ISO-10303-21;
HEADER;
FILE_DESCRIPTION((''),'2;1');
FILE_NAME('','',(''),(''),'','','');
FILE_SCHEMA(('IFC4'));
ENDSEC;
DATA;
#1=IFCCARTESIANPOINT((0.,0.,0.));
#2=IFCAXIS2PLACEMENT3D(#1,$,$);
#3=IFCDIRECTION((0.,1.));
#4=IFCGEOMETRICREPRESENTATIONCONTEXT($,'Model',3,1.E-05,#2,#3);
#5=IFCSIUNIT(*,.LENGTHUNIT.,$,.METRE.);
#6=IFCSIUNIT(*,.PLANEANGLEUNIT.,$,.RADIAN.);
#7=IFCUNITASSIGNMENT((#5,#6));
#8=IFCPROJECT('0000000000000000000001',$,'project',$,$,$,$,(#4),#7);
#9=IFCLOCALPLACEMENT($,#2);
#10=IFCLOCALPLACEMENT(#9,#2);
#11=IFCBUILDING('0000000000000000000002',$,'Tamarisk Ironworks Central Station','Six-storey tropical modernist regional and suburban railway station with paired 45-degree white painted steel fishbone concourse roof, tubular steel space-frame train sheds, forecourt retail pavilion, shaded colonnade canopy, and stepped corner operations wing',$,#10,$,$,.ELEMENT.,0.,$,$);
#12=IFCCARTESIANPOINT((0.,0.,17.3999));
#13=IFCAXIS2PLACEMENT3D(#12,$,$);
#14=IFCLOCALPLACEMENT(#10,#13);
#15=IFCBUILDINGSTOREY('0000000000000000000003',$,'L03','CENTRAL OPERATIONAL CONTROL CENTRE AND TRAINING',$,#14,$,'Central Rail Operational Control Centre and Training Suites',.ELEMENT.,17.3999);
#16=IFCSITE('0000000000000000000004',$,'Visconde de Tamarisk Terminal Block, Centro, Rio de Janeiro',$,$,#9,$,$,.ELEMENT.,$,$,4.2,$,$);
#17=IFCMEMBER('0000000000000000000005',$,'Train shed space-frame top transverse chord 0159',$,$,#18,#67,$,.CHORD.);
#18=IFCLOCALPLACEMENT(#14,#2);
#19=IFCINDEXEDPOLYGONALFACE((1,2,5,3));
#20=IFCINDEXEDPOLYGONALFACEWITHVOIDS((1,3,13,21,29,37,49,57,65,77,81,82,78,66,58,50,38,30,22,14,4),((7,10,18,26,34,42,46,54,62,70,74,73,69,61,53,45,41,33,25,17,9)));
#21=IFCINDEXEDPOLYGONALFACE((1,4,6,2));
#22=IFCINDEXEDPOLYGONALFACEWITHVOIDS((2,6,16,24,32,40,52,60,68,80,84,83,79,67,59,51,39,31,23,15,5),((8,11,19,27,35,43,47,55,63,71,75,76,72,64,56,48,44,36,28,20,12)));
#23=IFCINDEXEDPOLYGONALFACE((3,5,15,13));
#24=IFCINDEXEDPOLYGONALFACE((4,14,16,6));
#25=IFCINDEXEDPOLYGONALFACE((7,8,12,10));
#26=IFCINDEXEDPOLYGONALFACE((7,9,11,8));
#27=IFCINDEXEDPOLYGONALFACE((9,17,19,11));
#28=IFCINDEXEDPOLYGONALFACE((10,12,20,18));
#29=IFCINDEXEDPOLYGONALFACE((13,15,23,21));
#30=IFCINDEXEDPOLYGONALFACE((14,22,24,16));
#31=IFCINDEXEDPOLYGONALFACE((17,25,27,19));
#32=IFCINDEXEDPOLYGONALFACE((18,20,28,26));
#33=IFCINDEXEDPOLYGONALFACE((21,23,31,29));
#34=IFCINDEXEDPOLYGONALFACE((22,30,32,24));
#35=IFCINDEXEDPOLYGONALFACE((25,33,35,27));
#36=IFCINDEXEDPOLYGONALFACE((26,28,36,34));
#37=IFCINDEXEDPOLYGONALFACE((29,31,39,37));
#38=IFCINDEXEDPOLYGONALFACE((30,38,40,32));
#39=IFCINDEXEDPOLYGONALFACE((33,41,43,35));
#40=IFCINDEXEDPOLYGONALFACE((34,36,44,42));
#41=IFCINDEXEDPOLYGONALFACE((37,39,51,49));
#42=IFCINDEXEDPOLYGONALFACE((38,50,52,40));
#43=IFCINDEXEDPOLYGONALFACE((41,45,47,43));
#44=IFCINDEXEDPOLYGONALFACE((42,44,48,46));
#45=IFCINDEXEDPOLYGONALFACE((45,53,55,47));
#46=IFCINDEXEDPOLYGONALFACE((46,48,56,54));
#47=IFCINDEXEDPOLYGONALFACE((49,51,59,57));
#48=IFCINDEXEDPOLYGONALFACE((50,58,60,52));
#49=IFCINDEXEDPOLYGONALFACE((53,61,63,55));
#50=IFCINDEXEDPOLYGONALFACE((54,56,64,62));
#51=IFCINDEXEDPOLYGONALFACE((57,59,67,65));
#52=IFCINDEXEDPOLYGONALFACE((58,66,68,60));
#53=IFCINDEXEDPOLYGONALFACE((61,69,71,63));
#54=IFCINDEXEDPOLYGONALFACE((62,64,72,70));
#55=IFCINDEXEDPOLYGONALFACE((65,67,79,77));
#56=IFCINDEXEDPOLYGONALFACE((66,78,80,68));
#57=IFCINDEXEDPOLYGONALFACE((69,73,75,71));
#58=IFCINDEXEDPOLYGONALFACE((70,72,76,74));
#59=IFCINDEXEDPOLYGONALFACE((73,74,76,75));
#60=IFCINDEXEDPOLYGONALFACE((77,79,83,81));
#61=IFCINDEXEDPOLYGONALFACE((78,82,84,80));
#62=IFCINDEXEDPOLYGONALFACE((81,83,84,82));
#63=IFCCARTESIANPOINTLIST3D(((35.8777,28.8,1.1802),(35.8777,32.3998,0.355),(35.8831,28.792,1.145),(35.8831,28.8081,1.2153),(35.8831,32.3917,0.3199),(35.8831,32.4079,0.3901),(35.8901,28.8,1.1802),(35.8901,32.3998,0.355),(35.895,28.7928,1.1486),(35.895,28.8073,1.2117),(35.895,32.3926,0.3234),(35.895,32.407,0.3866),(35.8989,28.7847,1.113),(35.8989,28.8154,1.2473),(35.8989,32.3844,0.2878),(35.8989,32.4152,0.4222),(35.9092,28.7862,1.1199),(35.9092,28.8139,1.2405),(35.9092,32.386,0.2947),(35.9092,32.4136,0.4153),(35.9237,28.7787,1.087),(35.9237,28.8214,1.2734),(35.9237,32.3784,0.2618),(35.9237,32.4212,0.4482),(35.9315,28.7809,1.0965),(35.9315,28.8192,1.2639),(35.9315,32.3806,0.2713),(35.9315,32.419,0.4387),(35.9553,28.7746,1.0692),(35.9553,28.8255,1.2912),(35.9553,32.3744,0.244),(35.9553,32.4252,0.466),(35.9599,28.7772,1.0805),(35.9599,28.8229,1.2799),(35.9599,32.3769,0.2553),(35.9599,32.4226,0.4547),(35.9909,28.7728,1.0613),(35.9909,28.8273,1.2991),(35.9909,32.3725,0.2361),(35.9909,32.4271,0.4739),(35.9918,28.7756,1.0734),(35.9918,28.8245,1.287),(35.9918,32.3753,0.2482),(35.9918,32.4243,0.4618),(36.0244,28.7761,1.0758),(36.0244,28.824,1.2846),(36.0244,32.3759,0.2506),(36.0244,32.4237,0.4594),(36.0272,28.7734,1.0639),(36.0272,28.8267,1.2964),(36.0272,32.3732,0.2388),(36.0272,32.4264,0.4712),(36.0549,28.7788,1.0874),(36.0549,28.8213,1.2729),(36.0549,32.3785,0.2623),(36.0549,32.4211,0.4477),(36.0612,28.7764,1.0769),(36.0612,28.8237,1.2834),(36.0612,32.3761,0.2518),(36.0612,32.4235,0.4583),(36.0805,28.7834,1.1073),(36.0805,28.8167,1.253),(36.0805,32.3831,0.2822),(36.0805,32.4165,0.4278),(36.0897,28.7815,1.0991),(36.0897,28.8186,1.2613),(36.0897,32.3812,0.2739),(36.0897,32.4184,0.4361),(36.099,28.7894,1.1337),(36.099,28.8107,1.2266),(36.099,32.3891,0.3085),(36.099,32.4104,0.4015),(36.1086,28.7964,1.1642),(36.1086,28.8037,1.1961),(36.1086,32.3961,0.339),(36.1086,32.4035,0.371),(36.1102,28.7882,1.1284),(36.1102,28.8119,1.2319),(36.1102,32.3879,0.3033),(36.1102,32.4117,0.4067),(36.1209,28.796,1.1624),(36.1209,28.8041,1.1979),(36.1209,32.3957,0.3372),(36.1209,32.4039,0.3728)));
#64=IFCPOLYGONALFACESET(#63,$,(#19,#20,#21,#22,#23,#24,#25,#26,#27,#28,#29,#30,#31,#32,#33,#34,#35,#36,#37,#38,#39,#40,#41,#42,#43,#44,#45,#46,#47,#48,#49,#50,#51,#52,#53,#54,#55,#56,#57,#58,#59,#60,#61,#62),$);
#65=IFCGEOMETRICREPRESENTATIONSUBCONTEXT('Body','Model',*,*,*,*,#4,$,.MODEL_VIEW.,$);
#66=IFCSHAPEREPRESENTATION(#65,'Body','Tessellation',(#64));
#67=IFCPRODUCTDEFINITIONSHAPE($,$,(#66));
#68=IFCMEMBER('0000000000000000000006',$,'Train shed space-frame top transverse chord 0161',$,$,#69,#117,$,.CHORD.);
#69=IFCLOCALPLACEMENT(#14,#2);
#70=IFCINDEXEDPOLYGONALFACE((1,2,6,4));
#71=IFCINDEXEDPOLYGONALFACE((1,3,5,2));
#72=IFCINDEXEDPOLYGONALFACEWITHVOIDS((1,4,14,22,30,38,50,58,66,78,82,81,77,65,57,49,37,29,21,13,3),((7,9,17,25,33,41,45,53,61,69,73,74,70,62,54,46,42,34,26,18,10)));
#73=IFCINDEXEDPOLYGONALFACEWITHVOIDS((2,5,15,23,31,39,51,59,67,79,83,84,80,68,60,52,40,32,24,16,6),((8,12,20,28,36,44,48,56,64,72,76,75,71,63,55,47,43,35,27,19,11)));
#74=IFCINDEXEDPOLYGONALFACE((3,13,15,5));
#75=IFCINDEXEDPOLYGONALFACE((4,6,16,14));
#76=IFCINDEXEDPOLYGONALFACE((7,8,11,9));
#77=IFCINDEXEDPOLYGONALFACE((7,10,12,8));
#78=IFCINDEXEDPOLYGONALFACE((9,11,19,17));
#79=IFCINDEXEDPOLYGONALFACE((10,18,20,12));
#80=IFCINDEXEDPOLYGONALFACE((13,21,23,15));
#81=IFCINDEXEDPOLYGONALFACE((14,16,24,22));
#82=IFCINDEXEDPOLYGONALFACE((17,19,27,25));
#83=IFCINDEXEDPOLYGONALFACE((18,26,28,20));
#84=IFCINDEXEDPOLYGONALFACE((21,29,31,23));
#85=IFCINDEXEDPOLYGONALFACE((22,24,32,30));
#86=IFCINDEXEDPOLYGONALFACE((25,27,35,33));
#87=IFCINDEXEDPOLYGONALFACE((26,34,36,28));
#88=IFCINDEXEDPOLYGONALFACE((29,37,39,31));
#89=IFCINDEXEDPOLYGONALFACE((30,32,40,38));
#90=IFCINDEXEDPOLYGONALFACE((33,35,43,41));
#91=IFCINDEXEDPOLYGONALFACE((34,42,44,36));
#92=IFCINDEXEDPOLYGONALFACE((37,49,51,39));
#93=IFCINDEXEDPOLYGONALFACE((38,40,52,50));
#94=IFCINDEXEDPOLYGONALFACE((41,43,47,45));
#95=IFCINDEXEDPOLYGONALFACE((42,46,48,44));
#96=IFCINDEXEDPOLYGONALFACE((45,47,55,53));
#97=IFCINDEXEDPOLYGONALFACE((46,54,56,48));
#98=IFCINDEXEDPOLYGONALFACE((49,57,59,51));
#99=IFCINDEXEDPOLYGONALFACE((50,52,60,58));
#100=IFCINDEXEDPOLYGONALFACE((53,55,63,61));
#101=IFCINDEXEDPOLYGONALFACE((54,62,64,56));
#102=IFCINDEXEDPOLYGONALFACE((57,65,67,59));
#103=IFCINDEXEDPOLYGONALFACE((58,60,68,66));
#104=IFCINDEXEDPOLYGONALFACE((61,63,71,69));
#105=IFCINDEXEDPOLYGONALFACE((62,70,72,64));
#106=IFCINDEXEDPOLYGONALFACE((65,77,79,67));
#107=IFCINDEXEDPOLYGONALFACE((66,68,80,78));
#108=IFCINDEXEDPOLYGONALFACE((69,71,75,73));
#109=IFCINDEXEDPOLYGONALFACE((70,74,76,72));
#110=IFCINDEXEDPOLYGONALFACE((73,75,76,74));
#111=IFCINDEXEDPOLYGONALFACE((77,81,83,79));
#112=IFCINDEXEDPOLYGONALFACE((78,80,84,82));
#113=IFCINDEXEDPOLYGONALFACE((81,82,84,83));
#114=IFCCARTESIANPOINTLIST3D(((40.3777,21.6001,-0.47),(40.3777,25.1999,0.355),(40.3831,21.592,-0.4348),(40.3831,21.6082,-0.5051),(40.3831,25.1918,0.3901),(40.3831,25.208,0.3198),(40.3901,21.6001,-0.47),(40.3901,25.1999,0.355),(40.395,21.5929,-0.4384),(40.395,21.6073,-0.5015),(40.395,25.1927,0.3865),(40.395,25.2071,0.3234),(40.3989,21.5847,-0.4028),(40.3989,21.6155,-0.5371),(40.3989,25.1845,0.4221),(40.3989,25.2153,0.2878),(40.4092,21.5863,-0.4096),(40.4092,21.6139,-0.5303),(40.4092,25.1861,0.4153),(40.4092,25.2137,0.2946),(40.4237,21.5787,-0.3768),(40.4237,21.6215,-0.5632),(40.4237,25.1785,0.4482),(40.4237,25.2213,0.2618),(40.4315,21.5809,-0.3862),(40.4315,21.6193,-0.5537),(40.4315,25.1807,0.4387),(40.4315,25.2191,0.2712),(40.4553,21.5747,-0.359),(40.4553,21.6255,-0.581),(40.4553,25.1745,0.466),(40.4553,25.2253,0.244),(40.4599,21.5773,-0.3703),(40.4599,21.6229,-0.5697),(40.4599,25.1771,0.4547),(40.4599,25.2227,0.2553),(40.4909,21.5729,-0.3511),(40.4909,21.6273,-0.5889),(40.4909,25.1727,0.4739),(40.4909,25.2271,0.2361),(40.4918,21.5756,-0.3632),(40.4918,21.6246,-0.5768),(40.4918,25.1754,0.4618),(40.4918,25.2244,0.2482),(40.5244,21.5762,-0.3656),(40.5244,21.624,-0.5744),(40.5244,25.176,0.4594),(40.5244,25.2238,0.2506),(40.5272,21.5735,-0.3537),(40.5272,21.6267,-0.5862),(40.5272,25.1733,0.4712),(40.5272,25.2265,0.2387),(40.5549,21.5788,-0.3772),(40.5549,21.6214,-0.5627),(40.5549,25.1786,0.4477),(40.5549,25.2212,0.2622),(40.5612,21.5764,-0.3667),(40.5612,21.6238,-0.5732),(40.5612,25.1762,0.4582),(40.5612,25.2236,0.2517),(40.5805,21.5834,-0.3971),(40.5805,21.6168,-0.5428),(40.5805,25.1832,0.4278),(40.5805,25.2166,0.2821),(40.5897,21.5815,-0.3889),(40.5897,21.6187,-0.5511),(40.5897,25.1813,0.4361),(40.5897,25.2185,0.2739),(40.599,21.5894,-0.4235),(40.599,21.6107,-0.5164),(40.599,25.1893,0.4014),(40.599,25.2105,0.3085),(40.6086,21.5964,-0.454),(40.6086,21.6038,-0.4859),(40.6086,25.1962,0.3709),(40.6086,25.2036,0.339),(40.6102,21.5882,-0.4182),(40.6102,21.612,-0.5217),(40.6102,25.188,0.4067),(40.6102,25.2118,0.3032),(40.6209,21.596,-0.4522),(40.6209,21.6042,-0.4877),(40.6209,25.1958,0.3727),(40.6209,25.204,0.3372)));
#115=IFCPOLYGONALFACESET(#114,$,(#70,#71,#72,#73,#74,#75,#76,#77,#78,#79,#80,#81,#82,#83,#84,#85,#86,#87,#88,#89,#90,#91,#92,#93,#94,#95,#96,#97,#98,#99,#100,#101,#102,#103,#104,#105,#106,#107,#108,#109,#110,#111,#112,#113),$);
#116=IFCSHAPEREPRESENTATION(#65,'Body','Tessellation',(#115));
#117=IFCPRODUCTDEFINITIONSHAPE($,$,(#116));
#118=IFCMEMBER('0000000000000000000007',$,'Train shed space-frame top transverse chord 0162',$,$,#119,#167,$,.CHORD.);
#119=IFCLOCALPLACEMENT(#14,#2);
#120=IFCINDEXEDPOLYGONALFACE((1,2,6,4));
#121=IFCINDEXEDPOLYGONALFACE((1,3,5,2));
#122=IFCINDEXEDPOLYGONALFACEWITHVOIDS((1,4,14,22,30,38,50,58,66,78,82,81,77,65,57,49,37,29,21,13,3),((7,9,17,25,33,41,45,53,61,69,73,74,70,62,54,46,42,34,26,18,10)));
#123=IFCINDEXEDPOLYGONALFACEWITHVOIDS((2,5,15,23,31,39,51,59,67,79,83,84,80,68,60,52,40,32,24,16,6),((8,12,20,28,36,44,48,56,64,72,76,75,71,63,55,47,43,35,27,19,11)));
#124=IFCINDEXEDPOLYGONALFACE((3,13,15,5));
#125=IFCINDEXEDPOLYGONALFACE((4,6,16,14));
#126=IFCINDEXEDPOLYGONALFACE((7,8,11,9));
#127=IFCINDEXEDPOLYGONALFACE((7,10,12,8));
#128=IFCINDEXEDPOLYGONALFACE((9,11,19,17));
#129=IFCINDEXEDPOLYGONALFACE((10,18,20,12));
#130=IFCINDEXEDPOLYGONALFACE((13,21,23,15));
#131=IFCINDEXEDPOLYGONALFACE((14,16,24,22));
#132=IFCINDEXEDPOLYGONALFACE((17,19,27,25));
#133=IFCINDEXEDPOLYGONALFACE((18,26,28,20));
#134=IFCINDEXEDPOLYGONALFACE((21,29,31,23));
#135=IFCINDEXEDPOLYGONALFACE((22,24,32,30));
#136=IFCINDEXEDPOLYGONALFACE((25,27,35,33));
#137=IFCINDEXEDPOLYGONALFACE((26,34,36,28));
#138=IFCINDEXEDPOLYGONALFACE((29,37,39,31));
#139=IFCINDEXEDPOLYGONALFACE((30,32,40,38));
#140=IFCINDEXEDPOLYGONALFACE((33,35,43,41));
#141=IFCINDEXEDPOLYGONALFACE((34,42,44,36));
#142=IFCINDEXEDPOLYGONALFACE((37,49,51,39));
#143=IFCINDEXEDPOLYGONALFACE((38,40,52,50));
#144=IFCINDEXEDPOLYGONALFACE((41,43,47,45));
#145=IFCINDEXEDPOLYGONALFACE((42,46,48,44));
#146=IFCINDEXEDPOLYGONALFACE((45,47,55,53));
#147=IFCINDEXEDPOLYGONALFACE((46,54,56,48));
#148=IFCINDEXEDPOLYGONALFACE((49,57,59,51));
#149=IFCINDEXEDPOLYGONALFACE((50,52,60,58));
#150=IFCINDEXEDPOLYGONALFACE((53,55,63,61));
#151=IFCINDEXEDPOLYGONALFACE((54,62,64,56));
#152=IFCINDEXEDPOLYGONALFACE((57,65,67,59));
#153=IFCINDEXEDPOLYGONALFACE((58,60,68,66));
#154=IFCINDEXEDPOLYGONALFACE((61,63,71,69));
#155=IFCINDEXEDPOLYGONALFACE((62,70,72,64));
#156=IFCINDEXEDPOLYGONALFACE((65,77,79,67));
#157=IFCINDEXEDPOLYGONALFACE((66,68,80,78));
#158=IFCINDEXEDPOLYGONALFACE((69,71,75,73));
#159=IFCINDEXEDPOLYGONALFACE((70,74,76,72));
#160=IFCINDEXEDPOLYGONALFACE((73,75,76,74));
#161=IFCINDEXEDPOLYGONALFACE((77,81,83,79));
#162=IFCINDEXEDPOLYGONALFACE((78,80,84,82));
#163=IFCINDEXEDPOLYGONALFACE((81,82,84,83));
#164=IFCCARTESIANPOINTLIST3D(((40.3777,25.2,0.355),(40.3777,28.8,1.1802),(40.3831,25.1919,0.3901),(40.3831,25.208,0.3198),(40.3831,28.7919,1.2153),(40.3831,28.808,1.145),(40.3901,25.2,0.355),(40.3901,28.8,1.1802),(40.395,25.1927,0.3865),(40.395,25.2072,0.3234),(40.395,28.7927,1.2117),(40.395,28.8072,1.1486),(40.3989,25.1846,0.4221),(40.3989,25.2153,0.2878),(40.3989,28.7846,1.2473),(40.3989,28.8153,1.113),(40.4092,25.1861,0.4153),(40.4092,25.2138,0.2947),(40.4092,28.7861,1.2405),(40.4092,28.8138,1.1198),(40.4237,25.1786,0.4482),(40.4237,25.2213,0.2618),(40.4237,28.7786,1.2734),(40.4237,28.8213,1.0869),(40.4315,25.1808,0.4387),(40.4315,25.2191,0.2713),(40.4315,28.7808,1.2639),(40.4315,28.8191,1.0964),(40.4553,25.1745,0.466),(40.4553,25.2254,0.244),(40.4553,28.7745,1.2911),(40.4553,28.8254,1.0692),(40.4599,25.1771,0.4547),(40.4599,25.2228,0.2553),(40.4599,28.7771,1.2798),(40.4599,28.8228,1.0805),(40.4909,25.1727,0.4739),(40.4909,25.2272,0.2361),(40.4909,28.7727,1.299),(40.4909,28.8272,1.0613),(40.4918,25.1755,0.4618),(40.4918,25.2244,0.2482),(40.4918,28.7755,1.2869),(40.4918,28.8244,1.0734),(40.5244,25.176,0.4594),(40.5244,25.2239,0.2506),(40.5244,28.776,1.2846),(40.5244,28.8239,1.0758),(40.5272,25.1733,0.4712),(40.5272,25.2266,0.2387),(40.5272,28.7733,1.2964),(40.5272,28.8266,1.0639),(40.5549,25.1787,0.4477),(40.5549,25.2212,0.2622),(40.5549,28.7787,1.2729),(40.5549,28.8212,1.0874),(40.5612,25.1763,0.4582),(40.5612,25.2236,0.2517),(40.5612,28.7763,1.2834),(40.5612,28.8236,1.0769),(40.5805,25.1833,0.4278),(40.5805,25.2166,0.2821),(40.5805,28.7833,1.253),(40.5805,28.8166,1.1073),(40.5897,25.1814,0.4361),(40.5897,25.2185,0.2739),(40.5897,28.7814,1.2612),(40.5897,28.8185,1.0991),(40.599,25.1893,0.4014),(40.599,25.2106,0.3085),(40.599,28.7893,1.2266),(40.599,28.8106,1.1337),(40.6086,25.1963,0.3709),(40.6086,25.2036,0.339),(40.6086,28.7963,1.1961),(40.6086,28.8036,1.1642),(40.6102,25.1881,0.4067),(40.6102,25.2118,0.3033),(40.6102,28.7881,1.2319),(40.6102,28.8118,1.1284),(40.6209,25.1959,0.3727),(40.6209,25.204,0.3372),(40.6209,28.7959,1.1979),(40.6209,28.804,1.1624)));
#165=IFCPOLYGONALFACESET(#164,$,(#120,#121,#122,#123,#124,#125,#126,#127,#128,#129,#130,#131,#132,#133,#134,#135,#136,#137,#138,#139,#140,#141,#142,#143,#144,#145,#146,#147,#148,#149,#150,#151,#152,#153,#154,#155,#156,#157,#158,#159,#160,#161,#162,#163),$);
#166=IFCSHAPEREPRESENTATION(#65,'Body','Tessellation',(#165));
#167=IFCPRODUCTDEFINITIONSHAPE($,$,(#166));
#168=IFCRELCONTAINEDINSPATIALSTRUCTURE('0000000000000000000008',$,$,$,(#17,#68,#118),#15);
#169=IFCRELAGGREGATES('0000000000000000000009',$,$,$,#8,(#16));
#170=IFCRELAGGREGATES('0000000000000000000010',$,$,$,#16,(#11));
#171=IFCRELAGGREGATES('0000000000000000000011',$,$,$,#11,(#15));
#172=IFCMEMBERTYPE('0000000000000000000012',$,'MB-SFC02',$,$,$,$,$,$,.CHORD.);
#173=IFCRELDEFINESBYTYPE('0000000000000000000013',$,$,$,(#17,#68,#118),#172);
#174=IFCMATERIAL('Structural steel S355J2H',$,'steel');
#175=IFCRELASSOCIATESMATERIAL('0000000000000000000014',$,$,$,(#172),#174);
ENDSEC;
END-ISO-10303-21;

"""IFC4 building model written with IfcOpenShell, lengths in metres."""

from ifc_helpers import new_model, si_unit, direction, frame, origin, origin_2d, place, context, subcontext, project, spatial, hollow_circle, extrude, material, material_profile, profile_set, type_object, element, save


model = new_model("IFC4")

# Units and contexts
model_context = context("Model", 3, precision=1e-05, world=origin(), true_north=direction((0.0, 1.0)))
body_context = subcontext(model_context, "Body", "Model", "MODEL_VIEW")
ifc_project = project(units=[si_unit("LENGTHUNIT", "METRE"), si_unit("PLANEANGLEUNIT", "RADIAN")], contexts=[model_context])

# Site, building, storey
site_placement = place(None, origin())
site = spatial("IfcSite", under=ifc_project, at=site_placement, Name="Visconde de Tamarisk Terminal Block, Centro, Rio de Janeiro", CompositionType="ELEMENT", RefElevation=4.2)
building_placement = place(site_placement, origin())
building = spatial("IfcBuilding", under=site, at=building_placement, Name="Tamarisk Ironworks Central Station", Description="Six-storey tropical modernist regional and suburban railway station with paired 45-degree white painted steel fishbone concourse roof, tubular steel space-frame train sheds, forecourt retail pavilion, shaded colonnade canopy, and stepped corner operations wing", CompositionType="ELEMENT", ElevationOfRefHeight=0.0)
storey_placement = place(building_placement, frame((0.0, 0.0, 17.3999)))
storey = spatial("IfcBuildingStorey", under=building, at=storey_placement, Name="L03", Description="CENTRAL OPERATIONAL CONTROL CENTRE AND TRAINING", LongName="Central Rail Operational Control Centre and Training Suites", CompositionType="ELEMENT", Elevation=17.3999)

# Members
ifc_material_1 = material(Name="Structural steel S355J2H", Category="steel")
ifc_material_profile_1 = material_profile(ifc_material_1, hollow_circle(Radius=0.1223, WallThickness=0.0125, at=origin_2d()), Name="CHS 244.5x12.5")
ifc_profile_set_1 = profile_set([ifc_material_profile_1], Name="Structural steel S355J2H")
member_type_1 = type_object("IfcMemberType", Name="MB-SFC02", PredefinedType="CHORD", material=ifc_profile_set_1)
for number, where, z_axis, x_axis, name in (
    (1, (36.0, 28.8, 1.1802), (0.0, 0.974719, -0.223435), (-1.0, 0.0, 0.0), "Train shed space-frame top transverse chord 0159"),
    (2, (40.5, 21.6001, -0.47), (0.0, 0.974733, 0.223372), (-1.0, 0.0, 0.0), "Train shed space-frame top transverse chord 0161"),
):
    element("IfcMember", number, at=place(storey_placement, frame(where, z_axis=z_axis, x_axis=x_axis)), inside=storey, type_object=member_type_1, Name=name, PredefinedType="CHORD", context=body_context, shape_type="SweptSolid", body=[
        extrude(hollow_circle(Radius=0.1223, WallThickness=0.0125, at=origin_2d()), origin(), (0.0, 0.0, 1.0), 3.6931),
    ])
member_1_placement = place(storey_placement, frame((40.5, 25.2, 0.355), z_axis=(0.0, 0.974722, 0.223421), x_axis=(-1.0, 0.0, 0.0)))
element("IfcMember", 3, at=member_1_placement, inside=storey, type_object=member_type_1, Name="Train shed space-frame top transverse chord 0162", PredefinedType="CHORD", context=body_context, shape_type="SweptSolid", body=[
    extrude(hollow_circle(Radius=0.1223, WallThickness=0.0125, at=origin_2d()), origin(), (0.0, 0.0, 1.0), 3.6934),
])

save(model, "model.ifc")
